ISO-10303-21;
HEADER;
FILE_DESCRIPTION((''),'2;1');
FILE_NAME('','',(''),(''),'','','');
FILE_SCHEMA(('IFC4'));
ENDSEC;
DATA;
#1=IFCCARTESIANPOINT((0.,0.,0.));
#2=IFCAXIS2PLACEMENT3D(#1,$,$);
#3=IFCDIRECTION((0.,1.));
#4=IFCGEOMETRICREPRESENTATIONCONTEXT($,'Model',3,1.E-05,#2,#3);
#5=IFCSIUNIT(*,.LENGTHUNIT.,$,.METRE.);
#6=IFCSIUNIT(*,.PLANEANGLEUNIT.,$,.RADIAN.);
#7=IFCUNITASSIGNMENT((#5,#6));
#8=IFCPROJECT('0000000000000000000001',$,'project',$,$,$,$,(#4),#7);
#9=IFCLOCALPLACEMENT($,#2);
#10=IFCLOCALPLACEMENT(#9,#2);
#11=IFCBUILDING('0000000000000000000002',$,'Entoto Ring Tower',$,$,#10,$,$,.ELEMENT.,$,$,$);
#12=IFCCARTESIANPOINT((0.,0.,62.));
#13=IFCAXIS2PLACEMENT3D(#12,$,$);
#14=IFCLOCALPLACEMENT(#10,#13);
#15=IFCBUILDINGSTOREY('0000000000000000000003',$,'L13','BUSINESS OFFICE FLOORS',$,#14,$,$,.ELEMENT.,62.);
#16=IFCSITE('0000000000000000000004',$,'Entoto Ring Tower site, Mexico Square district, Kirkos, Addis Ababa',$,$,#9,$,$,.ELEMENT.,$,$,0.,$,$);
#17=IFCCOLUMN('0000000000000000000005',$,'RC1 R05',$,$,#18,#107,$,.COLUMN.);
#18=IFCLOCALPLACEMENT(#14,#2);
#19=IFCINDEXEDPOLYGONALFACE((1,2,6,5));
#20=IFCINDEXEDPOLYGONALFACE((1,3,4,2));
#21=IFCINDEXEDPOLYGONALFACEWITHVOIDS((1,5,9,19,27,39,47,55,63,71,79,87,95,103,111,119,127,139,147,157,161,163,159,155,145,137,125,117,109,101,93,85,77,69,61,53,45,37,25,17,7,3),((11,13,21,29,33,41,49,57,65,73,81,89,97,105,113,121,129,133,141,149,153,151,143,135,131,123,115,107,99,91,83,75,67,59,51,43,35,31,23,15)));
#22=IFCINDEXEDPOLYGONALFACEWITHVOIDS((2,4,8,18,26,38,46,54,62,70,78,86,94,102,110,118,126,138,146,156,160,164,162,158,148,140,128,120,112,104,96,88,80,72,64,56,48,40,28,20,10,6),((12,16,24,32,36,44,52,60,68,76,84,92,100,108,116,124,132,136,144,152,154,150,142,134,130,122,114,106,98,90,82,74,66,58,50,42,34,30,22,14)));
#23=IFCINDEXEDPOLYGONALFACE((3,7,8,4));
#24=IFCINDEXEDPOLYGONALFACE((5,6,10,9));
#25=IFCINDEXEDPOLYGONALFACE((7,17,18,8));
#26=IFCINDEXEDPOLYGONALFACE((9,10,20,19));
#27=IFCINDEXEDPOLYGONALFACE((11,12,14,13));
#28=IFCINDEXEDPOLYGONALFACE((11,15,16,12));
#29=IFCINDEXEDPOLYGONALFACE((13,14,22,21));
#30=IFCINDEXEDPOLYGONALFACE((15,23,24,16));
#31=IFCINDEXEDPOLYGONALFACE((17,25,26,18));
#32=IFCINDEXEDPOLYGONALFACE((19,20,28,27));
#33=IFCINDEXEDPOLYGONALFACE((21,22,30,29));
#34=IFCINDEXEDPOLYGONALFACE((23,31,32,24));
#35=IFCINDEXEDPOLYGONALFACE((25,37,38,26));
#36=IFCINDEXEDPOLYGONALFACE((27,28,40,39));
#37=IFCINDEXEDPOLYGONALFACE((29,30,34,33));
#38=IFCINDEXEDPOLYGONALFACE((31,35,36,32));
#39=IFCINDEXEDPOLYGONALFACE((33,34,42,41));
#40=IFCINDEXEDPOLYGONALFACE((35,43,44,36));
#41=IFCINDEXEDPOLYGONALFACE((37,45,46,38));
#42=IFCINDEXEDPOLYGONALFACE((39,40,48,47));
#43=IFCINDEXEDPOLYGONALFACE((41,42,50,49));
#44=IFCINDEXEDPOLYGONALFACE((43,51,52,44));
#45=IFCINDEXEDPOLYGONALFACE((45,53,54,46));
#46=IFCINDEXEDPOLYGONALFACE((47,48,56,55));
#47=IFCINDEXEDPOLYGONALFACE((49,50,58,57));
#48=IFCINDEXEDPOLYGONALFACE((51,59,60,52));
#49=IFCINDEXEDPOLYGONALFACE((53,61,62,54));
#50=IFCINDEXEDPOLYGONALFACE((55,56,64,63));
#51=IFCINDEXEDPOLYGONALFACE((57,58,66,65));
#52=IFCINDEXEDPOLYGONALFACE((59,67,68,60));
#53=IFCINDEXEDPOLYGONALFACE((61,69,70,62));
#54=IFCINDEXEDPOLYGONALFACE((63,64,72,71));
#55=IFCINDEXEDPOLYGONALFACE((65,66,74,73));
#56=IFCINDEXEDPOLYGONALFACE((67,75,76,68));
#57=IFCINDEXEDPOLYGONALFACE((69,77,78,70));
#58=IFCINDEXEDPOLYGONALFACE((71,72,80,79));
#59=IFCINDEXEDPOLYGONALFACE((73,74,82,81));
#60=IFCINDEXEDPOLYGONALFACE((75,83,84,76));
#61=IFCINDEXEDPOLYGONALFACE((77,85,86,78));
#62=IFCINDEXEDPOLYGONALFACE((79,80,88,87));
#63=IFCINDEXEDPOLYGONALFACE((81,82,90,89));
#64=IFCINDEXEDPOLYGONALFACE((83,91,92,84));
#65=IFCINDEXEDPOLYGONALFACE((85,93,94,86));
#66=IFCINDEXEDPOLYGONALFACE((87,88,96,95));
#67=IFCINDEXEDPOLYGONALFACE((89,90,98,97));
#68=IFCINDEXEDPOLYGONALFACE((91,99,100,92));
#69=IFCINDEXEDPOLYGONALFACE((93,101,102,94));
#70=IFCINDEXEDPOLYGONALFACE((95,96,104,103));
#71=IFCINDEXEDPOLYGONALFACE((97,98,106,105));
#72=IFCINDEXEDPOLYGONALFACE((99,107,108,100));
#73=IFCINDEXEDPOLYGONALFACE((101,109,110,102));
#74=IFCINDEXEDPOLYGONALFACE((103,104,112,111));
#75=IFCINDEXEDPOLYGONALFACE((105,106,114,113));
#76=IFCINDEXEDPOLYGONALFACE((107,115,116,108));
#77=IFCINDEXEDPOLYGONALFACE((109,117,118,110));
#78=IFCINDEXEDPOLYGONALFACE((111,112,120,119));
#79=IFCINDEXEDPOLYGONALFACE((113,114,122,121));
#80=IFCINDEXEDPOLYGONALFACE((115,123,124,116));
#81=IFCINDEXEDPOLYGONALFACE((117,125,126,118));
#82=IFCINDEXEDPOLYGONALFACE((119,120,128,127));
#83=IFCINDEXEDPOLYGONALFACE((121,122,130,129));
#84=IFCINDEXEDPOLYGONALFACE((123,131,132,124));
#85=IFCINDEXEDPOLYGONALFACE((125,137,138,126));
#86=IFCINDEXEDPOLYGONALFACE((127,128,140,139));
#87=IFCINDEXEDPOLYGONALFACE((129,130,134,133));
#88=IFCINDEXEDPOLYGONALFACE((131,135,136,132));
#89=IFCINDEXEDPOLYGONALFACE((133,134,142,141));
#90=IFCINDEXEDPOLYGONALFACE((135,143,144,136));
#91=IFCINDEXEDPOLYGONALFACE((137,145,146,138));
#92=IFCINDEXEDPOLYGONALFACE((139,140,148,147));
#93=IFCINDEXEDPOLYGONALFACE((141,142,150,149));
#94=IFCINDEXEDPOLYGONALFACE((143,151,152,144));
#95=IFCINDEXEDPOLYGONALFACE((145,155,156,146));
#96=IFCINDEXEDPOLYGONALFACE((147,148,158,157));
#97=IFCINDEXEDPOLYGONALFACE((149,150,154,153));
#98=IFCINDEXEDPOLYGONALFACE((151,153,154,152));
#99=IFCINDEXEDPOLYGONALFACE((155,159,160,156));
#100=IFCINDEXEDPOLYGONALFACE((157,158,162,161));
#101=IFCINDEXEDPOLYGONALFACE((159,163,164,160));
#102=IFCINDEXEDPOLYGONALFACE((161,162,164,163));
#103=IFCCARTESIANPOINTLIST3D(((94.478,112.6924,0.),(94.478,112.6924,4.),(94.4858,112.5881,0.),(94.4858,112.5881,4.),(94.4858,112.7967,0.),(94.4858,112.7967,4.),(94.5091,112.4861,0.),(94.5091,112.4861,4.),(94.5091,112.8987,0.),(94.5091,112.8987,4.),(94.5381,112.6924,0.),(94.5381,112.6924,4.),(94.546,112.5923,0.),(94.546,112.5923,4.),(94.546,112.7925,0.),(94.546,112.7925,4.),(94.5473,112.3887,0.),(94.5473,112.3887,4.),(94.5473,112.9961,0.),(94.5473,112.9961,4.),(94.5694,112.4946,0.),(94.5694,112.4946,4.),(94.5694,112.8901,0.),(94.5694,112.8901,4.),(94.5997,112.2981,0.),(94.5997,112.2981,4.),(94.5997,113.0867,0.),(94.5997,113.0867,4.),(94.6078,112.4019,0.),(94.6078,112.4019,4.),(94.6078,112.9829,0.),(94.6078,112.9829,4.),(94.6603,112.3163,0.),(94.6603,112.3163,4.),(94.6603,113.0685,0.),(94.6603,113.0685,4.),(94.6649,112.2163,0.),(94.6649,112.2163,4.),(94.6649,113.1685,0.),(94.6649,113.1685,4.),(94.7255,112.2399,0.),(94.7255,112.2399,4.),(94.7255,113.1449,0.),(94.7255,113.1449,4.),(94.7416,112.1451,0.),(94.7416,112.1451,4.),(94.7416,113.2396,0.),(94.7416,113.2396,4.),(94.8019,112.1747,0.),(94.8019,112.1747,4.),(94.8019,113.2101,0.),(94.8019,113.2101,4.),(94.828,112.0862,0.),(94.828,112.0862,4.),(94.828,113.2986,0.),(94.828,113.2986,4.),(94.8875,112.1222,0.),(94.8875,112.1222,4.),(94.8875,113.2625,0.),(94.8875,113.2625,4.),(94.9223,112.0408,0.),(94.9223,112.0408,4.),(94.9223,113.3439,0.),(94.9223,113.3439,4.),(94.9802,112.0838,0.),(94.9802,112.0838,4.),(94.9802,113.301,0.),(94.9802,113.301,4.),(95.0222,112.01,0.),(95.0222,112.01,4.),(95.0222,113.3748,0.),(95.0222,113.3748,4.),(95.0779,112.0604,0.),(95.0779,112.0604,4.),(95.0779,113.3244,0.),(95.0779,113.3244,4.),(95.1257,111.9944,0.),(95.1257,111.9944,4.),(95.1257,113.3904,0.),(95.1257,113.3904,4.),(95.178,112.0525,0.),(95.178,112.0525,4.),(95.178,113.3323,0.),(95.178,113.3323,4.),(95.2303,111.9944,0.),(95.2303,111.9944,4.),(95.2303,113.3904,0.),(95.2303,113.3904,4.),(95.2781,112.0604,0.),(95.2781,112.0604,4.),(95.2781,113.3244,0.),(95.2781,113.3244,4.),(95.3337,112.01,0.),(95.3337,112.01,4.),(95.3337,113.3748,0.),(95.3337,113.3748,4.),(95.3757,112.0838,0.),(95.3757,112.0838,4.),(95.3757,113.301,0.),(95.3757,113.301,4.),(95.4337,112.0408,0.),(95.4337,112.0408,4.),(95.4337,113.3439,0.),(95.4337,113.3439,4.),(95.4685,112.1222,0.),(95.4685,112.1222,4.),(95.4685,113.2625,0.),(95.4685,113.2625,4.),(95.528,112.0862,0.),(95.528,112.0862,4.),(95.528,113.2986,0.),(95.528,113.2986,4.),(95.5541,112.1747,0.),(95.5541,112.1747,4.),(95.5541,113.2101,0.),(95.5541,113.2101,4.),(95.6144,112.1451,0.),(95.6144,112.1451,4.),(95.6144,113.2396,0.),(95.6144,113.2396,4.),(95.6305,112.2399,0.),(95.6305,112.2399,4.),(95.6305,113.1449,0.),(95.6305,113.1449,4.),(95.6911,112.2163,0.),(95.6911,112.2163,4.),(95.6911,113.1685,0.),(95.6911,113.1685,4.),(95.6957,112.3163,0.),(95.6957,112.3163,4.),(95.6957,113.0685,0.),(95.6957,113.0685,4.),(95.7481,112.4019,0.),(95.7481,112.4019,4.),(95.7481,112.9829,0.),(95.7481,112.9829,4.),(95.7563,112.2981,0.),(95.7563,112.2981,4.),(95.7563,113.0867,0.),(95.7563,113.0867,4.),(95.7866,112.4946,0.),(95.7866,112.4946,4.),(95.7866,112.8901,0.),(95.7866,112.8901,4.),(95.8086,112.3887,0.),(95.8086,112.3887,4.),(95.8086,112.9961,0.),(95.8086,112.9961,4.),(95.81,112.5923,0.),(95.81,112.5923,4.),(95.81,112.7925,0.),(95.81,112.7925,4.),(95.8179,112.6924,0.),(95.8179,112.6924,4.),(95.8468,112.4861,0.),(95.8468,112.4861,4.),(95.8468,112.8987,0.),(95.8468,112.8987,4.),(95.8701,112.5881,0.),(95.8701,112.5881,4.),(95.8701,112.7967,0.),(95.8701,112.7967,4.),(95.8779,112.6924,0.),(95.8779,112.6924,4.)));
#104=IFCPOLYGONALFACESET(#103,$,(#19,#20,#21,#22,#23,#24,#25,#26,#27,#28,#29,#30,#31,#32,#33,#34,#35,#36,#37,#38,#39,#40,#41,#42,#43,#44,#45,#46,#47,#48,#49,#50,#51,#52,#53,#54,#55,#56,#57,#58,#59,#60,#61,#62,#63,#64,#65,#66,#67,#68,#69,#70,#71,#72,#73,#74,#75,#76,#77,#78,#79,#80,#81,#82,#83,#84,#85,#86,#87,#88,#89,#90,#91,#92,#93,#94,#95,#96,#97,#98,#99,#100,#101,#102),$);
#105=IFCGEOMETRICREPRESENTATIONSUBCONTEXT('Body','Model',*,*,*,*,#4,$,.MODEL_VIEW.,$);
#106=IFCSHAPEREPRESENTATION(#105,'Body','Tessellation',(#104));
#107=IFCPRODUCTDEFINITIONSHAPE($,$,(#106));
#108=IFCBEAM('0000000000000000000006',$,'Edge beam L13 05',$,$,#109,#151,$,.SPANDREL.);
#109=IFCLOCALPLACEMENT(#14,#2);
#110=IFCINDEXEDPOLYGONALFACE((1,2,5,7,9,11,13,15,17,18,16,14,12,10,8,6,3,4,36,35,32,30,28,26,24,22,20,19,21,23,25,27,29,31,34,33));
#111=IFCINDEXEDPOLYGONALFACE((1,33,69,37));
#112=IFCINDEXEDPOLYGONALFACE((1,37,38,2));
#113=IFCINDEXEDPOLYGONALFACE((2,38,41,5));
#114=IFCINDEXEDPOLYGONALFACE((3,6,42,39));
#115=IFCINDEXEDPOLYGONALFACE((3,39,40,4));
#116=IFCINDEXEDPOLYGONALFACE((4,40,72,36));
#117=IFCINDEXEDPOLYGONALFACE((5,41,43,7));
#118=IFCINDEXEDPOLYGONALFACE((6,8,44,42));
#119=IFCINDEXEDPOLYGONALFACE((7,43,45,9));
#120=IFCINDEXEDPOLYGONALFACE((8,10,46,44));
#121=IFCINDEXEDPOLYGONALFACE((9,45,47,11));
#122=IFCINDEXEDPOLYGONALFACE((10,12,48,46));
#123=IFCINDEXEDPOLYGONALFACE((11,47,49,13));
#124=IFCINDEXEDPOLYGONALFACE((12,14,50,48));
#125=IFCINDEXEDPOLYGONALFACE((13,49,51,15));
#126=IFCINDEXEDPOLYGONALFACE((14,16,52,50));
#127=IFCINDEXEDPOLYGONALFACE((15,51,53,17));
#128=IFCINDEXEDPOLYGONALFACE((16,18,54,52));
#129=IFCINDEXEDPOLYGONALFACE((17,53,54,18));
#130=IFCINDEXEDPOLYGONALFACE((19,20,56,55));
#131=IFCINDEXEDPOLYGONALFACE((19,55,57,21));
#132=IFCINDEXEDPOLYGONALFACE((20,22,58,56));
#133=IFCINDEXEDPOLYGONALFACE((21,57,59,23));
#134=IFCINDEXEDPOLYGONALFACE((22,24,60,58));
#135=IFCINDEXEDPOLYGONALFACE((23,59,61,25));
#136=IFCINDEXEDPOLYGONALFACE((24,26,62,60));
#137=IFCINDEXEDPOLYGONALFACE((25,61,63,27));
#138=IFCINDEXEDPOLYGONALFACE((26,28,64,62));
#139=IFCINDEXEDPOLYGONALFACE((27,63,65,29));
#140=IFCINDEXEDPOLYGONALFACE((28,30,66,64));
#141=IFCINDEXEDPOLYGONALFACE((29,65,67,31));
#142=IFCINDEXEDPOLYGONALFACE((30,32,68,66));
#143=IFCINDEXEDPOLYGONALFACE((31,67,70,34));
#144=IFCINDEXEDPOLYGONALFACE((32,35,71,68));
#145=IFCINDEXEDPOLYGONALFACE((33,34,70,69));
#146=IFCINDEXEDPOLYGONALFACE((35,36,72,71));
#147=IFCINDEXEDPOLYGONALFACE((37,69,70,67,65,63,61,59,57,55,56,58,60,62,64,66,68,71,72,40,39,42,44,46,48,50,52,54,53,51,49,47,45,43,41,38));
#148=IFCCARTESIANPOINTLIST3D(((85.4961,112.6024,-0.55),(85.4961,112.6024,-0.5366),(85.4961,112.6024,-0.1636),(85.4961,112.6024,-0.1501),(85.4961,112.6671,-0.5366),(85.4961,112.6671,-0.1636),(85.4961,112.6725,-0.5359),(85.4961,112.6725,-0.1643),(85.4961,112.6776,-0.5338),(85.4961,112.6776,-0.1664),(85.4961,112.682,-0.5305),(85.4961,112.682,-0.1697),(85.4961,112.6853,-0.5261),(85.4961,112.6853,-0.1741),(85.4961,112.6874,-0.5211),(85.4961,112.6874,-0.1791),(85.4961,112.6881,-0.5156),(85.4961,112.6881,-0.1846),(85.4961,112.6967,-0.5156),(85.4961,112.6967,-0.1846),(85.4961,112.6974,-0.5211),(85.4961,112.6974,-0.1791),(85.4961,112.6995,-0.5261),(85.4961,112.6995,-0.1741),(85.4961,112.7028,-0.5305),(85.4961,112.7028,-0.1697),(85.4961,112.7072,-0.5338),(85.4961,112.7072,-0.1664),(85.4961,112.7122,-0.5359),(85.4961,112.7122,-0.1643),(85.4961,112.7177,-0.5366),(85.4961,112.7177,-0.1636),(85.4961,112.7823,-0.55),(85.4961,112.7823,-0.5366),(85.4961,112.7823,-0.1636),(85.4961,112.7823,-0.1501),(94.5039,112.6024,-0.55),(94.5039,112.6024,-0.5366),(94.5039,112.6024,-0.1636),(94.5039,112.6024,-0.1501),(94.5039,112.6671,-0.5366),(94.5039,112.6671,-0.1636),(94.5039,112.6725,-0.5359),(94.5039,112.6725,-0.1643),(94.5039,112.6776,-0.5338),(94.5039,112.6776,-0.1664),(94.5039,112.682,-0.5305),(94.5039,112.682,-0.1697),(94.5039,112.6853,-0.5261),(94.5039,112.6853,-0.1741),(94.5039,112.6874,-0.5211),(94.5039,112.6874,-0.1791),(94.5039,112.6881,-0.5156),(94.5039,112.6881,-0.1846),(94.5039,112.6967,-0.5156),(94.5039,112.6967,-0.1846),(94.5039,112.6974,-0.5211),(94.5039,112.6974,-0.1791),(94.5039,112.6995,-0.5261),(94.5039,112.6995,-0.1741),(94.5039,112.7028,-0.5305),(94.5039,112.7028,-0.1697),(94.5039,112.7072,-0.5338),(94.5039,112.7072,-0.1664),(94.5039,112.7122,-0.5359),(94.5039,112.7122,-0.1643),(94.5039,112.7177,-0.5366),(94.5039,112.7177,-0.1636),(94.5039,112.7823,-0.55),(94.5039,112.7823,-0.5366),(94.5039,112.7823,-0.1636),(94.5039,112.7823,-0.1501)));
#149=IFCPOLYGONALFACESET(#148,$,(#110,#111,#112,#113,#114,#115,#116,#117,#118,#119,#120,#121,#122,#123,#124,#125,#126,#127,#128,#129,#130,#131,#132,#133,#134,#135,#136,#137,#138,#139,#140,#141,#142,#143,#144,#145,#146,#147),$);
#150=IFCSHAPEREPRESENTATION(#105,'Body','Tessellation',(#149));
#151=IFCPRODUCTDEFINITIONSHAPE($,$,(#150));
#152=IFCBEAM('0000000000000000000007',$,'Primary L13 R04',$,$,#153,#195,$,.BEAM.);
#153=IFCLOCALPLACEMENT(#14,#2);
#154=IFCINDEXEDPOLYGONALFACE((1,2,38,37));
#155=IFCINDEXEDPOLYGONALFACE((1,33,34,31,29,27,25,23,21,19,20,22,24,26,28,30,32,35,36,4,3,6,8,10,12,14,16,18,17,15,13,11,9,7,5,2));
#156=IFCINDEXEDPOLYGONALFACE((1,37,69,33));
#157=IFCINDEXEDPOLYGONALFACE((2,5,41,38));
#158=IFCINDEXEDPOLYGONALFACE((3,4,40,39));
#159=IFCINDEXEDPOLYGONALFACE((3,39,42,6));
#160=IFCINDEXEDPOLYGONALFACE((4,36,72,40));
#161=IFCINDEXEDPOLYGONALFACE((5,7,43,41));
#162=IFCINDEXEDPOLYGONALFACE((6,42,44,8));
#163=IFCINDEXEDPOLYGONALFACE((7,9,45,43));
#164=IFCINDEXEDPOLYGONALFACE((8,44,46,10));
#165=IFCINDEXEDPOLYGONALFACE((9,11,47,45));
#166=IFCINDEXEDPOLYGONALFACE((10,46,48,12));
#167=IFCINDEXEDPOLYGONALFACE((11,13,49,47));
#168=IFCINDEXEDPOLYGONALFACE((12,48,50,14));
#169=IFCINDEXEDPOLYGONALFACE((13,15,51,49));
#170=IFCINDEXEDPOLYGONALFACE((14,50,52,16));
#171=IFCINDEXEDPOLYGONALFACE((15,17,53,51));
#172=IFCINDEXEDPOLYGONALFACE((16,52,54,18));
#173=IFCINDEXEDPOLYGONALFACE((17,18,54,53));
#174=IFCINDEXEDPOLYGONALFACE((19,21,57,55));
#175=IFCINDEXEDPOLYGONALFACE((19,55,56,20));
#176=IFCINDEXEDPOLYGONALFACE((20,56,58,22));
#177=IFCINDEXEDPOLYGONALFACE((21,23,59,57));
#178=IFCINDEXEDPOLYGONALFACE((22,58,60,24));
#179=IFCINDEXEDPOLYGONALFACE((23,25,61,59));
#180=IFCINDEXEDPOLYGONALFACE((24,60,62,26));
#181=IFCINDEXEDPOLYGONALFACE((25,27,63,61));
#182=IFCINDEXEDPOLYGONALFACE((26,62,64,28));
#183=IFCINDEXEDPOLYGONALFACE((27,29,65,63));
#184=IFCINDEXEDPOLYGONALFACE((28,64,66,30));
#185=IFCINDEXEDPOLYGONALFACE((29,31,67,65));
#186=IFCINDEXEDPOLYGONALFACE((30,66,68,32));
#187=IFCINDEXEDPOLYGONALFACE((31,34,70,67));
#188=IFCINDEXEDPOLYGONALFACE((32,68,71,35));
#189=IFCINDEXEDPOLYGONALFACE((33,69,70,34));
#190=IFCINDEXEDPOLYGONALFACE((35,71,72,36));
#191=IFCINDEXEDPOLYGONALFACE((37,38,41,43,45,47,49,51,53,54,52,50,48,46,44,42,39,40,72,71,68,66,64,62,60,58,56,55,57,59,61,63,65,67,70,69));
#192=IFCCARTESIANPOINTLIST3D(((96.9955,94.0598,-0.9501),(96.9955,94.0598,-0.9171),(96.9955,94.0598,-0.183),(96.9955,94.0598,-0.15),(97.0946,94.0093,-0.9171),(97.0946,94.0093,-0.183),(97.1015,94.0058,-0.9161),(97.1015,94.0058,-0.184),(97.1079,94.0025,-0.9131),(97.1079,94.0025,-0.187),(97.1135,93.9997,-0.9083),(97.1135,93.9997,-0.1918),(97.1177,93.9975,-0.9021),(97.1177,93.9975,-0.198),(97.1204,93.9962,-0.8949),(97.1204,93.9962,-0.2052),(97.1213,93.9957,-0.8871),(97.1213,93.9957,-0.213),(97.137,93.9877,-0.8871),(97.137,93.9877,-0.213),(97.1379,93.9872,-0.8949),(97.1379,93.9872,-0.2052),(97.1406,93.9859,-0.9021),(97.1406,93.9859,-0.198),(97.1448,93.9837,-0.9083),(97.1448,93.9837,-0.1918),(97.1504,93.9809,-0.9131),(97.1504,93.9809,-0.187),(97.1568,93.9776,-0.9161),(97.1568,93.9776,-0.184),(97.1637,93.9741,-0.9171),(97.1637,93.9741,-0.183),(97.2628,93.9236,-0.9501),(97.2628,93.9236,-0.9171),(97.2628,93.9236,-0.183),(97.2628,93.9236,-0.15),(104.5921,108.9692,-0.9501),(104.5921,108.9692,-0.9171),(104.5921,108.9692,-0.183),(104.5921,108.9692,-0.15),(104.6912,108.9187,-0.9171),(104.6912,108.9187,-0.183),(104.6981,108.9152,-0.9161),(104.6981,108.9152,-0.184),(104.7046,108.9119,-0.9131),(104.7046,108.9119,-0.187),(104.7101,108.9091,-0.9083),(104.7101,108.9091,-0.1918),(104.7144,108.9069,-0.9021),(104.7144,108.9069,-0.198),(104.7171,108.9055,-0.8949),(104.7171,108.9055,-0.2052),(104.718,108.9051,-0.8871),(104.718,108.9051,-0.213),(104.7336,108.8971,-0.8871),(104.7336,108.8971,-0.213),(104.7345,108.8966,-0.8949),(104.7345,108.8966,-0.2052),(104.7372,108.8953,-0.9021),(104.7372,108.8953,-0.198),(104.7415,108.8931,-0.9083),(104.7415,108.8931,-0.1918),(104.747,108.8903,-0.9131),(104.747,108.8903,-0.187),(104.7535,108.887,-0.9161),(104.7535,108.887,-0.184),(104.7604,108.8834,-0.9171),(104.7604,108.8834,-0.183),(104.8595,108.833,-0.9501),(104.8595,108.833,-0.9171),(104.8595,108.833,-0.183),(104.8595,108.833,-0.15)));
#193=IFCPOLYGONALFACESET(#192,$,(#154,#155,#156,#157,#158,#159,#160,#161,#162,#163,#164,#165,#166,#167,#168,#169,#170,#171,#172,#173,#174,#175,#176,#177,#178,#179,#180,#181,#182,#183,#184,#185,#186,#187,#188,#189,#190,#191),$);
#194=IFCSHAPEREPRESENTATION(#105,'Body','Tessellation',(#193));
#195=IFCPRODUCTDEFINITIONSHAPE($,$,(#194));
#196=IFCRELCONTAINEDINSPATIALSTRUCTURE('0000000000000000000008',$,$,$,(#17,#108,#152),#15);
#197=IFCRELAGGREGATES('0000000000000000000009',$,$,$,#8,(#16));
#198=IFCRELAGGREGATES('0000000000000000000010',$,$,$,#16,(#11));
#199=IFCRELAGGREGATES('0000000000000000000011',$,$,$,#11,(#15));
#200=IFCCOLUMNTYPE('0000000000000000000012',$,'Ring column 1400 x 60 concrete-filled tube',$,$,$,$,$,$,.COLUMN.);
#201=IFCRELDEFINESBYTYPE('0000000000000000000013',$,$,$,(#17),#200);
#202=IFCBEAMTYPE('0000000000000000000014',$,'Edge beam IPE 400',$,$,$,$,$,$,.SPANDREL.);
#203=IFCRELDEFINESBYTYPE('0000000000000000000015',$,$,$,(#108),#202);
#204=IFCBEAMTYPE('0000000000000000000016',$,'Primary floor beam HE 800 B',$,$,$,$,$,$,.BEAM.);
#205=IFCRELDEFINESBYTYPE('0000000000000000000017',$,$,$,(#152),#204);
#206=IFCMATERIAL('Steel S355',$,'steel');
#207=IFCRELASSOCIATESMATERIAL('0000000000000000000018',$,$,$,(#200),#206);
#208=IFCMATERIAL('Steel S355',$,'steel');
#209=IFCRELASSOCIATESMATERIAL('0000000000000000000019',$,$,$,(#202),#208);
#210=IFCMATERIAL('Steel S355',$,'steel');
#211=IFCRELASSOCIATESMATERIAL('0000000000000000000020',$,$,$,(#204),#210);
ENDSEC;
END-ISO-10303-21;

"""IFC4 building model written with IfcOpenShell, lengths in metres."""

from ifc_helpers import new_model, si_unit, direction, frame, origin, origin_2d, place, context, subcontext, project, spatial, circle, hollow_circle, i_section, extrude, material, material_profile, profile_set, type_object, element, save


model = new_model("IFC4")

# Units and contexts
model_context = context("Model", 3, precision=1e-05, world=origin(), true_north=direction((0.0, 1.0)))
body_context = subcontext(model_context, "Body", "Model", "MODEL_VIEW")
ifc_project = project(units=[si_unit("LENGTHUNIT", "METRE"), si_unit("PLANEANGLEUNIT", "RADIAN")], contexts=[model_context])

# Site, building, storey
site_placement = place(None, origin())
site = spatial("IfcSite", under=ifc_project, at=site_placement, Name="Entoto Ring Tower site, Mexico Square district, Kirkos, Addis Ababa", CompositionType="ELEMENT", RefElevation=0.0)
building_placement = place(site_placement, origin())
building = spatial("IfcBuilding", under=site, at=building_placement, Name="Entoto Ring Tower", CompositionType="ELEMENT")
storey_placement = place(building_placement, frame((0.0, 0.0, 62.0)))
storey = spatial("IfcBuildingStorey", under=building, at=storey_placement, Name="L13", Description="BUSINESS OFFICE FLOORS", CompositionType="ELEMENT", Elevation=62.0)

# Column
ifc_material_1 = material(Name="Steel S355", Category="steel")
ifc_material_profile_1 = material_profile(ifc_material_1, hollow_circle(Radius=0.7, WallThickness=0.0601, at=origin_2d()), Name="CHS 1400 x 60")
ifc_material_2 = material(Name="Concrete C60/75", Category="concrete")
ifc_material_profile_2 = material_profile(ifc_material_2, circle(Radius=0.6399, at=origin_2d()), Name="Concrete C60/75 infill")
ifc_profile_set_1 = profile_set([ifc_material_profile_1, ifc_material_profile_2], Name="Steel S355")
column_type = type_object("IfcColumnType", Name="Ring column 1400 x 60 concrete-filled tube", PredefinedType="COLUMN", material=ifc_profile_set_1)
column_placement = place(storey_placement, frame((95.178, 112.6924, 0.0), z_axis=(0.0, 0.0, 1.0), x_axis=(1.0, 0.0, 0.0)))
element("IfcColumn", 1, at=column_placement, inside=storey, type_object=column_type, Name="RC1 R05", PredefinedType="COLUMN", context=body_context, shape_type="SweptSolid", body=[
    extrude(hollow_circle(Radius=0.7, WallThickness=0.0601, at=origin_2d()), origin(), (0.0, 0.0, 1.0), 4.0),
])

# Beams
ifc_material_3 = material(Name="Steel S355", Category="steel")
ifc_material_profile_3 = material_profile(ifc_material_3, i_section(OverallWidth=0.1799, OverallDepth=0.3999, WebThickness=0.0085, FlangeThickness=0.0134, FilletRadius=0.021, at=origin_2d()), Name="IPE 400")
ifc_profile_set_2 = profile_set([ifc_material_profile_3], Name="Steel S355")
beam_type_1 = type_object("IfcBeamType", Name="Edge beam IPE 400", PredefinedType="SPANDREL", material=ifc_profile_set_2)
beam_1_placement = place(storey_placement, frame((94.5039, 112.6924, -0.3501), z_axis=(-1.0, 0.0, 0.0), x_axis=(0.0, -1.0, 0.0)))
element("IfcBeam", 2, at=beam_1_placement, inside=storey, type_object=beam_type_1, Name="Edge beam L13 05", PredefinedType="SPANDREL", context=body_context, shape_type="SweptSolid", body=[
    extrude(i_section(OverallWidth=0.1799, OverallDepth=0.3999, WebThickness=0.0085, FlangeThickness=0.0134, FilletRadius=0.021, at=origin_2d()), origin(), (0.0, 0.0, 1.0), 9.0078),
])
ifc_material_4 = material(Name="Steel S355", Category="steel")
ifc_material_profile_4 = material_profile(ifc_material_4, i_section(OverallWidth=0.3, OverallDepth=0.8, WebThickness=0.0176, FlangeThickness=0.033, FilletRadius=0.03, at=origin_2d()), Name="HE 800 B")
ifc_profile_set_3 = profile_set([ifc_material_profile_4], Name="Steel S355")
beam_type_2 = type_object("IfcBeamType", Name="Primary floor beam HE 800 B", PredefinedType="BEAM", material=ifc_profile_set_3)
beam_2_placement = place(storey_placement, frame((97.1292, 93.9917, -0.55), z_axis=(0.453988, 0.891008, 0.0), x_axis=(-0.891008, 0.453988, 0.0)))
element("IfcBeam", 3, at=beam_2_placement, inside=storey, type_object=beam_type_2, Name="Primary L13 R04", PredefinedType="BEAM", context=body_context, shape_type="SweptSolid", body=[
    extrude(i_section(OverallWidth=0.3, OverallDepth=0.8, WebThickness=0.0176, FlangeThickness=0.033, FilletRadius=0.03, at=origin_2d()), origin(), (0.0, 0.0, 1.0), 16.7332),
])

save(model, "model.ifc")
